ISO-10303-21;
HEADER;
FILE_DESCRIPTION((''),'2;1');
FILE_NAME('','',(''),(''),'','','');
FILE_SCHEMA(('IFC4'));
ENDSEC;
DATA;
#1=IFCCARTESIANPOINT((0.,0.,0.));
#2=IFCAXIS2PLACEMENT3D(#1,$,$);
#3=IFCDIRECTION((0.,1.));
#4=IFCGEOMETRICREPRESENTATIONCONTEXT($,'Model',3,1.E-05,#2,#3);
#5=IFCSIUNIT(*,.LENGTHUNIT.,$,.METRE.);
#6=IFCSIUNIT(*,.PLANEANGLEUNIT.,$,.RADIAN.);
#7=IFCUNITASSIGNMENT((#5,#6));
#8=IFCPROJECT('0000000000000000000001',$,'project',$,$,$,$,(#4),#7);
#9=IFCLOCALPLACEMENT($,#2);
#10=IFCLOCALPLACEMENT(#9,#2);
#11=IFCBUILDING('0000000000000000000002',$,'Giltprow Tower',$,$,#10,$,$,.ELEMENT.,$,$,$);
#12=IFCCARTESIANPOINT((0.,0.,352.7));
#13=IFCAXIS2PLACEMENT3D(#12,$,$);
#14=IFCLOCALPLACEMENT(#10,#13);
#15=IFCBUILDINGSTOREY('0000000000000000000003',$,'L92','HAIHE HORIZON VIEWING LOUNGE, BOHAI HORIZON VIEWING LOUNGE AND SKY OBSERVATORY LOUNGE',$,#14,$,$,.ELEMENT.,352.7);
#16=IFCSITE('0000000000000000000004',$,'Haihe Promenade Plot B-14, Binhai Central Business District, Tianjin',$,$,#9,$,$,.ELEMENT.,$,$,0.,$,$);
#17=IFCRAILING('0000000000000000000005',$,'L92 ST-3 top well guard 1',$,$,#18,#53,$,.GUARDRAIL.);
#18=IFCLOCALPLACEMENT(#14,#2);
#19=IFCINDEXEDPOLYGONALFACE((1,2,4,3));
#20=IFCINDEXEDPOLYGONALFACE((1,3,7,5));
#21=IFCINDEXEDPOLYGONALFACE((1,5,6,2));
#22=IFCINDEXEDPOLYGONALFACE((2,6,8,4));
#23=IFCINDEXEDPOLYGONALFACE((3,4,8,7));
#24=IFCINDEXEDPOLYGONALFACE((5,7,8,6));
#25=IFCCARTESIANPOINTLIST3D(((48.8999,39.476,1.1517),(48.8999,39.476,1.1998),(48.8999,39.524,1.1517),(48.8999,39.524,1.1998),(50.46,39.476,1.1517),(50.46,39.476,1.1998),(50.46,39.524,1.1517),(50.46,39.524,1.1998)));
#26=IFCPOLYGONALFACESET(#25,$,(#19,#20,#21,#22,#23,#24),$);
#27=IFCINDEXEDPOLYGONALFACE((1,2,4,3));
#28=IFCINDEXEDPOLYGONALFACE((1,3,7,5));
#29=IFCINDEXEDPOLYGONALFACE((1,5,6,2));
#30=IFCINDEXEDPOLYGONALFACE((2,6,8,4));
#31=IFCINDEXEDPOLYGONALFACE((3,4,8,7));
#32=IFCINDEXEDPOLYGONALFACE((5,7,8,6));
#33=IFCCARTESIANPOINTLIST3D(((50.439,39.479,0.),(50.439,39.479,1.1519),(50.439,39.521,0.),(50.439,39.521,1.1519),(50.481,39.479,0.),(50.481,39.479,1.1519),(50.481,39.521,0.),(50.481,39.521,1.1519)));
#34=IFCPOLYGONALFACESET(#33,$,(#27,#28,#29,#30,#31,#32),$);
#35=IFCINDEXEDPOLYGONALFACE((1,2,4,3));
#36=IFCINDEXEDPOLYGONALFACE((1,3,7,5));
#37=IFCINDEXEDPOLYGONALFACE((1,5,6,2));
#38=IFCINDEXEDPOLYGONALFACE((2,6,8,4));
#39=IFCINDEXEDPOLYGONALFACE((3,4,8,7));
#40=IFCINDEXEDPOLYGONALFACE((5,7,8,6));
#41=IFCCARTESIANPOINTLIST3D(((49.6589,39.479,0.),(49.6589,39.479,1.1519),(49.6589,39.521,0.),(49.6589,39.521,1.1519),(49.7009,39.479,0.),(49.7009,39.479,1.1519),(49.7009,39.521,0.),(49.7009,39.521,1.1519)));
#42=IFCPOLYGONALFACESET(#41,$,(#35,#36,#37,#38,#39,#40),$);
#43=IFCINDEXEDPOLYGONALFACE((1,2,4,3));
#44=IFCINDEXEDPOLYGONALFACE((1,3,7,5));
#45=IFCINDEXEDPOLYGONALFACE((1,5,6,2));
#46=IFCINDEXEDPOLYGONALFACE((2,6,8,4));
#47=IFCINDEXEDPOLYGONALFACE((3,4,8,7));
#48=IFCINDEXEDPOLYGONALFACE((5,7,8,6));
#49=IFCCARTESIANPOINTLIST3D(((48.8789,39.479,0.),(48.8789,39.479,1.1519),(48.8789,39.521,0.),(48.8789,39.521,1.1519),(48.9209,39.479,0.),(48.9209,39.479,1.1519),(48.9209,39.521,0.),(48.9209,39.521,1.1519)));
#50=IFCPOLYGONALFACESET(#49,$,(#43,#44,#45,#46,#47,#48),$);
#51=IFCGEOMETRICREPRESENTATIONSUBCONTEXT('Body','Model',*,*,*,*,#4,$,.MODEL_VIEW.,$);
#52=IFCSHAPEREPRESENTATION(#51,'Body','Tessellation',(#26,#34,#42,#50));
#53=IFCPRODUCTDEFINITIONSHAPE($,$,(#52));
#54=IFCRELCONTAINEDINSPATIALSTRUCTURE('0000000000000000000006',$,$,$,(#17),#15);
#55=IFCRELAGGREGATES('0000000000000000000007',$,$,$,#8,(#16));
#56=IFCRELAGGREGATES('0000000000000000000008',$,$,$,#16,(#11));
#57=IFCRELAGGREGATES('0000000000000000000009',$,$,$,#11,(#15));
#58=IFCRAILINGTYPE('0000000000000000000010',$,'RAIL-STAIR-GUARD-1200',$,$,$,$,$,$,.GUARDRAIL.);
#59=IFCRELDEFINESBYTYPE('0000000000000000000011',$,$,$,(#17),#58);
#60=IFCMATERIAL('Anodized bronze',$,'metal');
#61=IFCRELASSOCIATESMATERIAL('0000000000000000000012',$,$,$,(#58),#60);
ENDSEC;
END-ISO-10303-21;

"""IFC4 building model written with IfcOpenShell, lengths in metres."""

from ifc_helpers import new_model, si_unit, direction, frame, origin, origin_2d, place, context, subcontext, project, spatial, rectangle, extrude, material, type_object, element, save


model = new_model("IFC4")

# Units and contexts
model_context = context("Model", 3, precision=1e-05, world=origin(), true_north=direction((0.0, 1.0)))
body_context = subcontext(model_context, "Body", "Model", "MODEL_VIEW")
ifc_project = project(units=[si_unit("LENGTHUNIT", "METRE"), si_unit("PLANEANGLEUNIT", "RADIAN")], contexts=[model_context])

# Site, building, storey
site_placement = place(None, origin())
site = spatial("IfcSite", under=ifc_project, at=site_placement, Name="Haihe Promenade Plot B-14, Binhai Central Business District, Tianjin", CompositionType="ELEMENT", RefElevation=0.0)
building_placement = place(site_placement, origin())
building = spatial("IfcBuilding", under=site, at=building_placement, Name="Giltprow Tower", CompositionType="ELEMENT")
storey_placement = place(building_placement, frame((0.0, 0.0, 352.7)))
storey = spatial("IfcBuildingStorey", under=building, at=storey_placement, Name="L92", Description="HAIHE HORIZON VIEWING LOUNGE, BOHAI HORIZON VIEWING LOUNGE AND SKY OBSERVATORY LOUNGE", CompositionType="ELEMENT", Elevation=352.7)

# Shared definitions
ifc_material_1 = material(Name="Anodized bronze", Category="metal")

# Railing
railing_type = type_object("IfcRailingType", Name="RAIL-STAIR-GUARD-1200", PredefinedType="GUARDRAIL", material=ifc_material_1)
railing_placement = place(storey_placement, frame((50.46, 39.5, 0.0)))
element("IfcRailing", 1, at=railing_placement, inside=storey, type_object=railing_type, Name="L92 ST-3 top well guard 1", PredefinedType="GUARDRAIL", context=body_context, shape_type="SweptSolid", body=[
    extrude(rectangle(XDim=0.0481, YDim=0.0481, at=origin_2d()), frame((0.0, 0.0, 1.1758), z_axis=(-1.0, 0.0, 0.0), x_axis=(0.0, -1.0, 0.0)), (0.0, 0.0, 1.0), 1.5601),
    extrude(rectangle(XDim=0.042, YDim=0.042, at=origin_2d()), origin(), (0.0, 0.0, 1.0), 1.1519),
    extrude(rectangle(XDim=0.042, YDim=0.042, at=origin_2d()), frame((-0.78, 0.0, 0.0)), (0.0, 0.0, 1.0), 1.1519),
    extrude(rectangle(XDim=0.042, YDim=0.042, at=origin_2d()), frame((-1.5601, 0.0, 0.0)), (0.0, 0.0, 1.0), 1.1519),
])

save(model, "model.ifc")
